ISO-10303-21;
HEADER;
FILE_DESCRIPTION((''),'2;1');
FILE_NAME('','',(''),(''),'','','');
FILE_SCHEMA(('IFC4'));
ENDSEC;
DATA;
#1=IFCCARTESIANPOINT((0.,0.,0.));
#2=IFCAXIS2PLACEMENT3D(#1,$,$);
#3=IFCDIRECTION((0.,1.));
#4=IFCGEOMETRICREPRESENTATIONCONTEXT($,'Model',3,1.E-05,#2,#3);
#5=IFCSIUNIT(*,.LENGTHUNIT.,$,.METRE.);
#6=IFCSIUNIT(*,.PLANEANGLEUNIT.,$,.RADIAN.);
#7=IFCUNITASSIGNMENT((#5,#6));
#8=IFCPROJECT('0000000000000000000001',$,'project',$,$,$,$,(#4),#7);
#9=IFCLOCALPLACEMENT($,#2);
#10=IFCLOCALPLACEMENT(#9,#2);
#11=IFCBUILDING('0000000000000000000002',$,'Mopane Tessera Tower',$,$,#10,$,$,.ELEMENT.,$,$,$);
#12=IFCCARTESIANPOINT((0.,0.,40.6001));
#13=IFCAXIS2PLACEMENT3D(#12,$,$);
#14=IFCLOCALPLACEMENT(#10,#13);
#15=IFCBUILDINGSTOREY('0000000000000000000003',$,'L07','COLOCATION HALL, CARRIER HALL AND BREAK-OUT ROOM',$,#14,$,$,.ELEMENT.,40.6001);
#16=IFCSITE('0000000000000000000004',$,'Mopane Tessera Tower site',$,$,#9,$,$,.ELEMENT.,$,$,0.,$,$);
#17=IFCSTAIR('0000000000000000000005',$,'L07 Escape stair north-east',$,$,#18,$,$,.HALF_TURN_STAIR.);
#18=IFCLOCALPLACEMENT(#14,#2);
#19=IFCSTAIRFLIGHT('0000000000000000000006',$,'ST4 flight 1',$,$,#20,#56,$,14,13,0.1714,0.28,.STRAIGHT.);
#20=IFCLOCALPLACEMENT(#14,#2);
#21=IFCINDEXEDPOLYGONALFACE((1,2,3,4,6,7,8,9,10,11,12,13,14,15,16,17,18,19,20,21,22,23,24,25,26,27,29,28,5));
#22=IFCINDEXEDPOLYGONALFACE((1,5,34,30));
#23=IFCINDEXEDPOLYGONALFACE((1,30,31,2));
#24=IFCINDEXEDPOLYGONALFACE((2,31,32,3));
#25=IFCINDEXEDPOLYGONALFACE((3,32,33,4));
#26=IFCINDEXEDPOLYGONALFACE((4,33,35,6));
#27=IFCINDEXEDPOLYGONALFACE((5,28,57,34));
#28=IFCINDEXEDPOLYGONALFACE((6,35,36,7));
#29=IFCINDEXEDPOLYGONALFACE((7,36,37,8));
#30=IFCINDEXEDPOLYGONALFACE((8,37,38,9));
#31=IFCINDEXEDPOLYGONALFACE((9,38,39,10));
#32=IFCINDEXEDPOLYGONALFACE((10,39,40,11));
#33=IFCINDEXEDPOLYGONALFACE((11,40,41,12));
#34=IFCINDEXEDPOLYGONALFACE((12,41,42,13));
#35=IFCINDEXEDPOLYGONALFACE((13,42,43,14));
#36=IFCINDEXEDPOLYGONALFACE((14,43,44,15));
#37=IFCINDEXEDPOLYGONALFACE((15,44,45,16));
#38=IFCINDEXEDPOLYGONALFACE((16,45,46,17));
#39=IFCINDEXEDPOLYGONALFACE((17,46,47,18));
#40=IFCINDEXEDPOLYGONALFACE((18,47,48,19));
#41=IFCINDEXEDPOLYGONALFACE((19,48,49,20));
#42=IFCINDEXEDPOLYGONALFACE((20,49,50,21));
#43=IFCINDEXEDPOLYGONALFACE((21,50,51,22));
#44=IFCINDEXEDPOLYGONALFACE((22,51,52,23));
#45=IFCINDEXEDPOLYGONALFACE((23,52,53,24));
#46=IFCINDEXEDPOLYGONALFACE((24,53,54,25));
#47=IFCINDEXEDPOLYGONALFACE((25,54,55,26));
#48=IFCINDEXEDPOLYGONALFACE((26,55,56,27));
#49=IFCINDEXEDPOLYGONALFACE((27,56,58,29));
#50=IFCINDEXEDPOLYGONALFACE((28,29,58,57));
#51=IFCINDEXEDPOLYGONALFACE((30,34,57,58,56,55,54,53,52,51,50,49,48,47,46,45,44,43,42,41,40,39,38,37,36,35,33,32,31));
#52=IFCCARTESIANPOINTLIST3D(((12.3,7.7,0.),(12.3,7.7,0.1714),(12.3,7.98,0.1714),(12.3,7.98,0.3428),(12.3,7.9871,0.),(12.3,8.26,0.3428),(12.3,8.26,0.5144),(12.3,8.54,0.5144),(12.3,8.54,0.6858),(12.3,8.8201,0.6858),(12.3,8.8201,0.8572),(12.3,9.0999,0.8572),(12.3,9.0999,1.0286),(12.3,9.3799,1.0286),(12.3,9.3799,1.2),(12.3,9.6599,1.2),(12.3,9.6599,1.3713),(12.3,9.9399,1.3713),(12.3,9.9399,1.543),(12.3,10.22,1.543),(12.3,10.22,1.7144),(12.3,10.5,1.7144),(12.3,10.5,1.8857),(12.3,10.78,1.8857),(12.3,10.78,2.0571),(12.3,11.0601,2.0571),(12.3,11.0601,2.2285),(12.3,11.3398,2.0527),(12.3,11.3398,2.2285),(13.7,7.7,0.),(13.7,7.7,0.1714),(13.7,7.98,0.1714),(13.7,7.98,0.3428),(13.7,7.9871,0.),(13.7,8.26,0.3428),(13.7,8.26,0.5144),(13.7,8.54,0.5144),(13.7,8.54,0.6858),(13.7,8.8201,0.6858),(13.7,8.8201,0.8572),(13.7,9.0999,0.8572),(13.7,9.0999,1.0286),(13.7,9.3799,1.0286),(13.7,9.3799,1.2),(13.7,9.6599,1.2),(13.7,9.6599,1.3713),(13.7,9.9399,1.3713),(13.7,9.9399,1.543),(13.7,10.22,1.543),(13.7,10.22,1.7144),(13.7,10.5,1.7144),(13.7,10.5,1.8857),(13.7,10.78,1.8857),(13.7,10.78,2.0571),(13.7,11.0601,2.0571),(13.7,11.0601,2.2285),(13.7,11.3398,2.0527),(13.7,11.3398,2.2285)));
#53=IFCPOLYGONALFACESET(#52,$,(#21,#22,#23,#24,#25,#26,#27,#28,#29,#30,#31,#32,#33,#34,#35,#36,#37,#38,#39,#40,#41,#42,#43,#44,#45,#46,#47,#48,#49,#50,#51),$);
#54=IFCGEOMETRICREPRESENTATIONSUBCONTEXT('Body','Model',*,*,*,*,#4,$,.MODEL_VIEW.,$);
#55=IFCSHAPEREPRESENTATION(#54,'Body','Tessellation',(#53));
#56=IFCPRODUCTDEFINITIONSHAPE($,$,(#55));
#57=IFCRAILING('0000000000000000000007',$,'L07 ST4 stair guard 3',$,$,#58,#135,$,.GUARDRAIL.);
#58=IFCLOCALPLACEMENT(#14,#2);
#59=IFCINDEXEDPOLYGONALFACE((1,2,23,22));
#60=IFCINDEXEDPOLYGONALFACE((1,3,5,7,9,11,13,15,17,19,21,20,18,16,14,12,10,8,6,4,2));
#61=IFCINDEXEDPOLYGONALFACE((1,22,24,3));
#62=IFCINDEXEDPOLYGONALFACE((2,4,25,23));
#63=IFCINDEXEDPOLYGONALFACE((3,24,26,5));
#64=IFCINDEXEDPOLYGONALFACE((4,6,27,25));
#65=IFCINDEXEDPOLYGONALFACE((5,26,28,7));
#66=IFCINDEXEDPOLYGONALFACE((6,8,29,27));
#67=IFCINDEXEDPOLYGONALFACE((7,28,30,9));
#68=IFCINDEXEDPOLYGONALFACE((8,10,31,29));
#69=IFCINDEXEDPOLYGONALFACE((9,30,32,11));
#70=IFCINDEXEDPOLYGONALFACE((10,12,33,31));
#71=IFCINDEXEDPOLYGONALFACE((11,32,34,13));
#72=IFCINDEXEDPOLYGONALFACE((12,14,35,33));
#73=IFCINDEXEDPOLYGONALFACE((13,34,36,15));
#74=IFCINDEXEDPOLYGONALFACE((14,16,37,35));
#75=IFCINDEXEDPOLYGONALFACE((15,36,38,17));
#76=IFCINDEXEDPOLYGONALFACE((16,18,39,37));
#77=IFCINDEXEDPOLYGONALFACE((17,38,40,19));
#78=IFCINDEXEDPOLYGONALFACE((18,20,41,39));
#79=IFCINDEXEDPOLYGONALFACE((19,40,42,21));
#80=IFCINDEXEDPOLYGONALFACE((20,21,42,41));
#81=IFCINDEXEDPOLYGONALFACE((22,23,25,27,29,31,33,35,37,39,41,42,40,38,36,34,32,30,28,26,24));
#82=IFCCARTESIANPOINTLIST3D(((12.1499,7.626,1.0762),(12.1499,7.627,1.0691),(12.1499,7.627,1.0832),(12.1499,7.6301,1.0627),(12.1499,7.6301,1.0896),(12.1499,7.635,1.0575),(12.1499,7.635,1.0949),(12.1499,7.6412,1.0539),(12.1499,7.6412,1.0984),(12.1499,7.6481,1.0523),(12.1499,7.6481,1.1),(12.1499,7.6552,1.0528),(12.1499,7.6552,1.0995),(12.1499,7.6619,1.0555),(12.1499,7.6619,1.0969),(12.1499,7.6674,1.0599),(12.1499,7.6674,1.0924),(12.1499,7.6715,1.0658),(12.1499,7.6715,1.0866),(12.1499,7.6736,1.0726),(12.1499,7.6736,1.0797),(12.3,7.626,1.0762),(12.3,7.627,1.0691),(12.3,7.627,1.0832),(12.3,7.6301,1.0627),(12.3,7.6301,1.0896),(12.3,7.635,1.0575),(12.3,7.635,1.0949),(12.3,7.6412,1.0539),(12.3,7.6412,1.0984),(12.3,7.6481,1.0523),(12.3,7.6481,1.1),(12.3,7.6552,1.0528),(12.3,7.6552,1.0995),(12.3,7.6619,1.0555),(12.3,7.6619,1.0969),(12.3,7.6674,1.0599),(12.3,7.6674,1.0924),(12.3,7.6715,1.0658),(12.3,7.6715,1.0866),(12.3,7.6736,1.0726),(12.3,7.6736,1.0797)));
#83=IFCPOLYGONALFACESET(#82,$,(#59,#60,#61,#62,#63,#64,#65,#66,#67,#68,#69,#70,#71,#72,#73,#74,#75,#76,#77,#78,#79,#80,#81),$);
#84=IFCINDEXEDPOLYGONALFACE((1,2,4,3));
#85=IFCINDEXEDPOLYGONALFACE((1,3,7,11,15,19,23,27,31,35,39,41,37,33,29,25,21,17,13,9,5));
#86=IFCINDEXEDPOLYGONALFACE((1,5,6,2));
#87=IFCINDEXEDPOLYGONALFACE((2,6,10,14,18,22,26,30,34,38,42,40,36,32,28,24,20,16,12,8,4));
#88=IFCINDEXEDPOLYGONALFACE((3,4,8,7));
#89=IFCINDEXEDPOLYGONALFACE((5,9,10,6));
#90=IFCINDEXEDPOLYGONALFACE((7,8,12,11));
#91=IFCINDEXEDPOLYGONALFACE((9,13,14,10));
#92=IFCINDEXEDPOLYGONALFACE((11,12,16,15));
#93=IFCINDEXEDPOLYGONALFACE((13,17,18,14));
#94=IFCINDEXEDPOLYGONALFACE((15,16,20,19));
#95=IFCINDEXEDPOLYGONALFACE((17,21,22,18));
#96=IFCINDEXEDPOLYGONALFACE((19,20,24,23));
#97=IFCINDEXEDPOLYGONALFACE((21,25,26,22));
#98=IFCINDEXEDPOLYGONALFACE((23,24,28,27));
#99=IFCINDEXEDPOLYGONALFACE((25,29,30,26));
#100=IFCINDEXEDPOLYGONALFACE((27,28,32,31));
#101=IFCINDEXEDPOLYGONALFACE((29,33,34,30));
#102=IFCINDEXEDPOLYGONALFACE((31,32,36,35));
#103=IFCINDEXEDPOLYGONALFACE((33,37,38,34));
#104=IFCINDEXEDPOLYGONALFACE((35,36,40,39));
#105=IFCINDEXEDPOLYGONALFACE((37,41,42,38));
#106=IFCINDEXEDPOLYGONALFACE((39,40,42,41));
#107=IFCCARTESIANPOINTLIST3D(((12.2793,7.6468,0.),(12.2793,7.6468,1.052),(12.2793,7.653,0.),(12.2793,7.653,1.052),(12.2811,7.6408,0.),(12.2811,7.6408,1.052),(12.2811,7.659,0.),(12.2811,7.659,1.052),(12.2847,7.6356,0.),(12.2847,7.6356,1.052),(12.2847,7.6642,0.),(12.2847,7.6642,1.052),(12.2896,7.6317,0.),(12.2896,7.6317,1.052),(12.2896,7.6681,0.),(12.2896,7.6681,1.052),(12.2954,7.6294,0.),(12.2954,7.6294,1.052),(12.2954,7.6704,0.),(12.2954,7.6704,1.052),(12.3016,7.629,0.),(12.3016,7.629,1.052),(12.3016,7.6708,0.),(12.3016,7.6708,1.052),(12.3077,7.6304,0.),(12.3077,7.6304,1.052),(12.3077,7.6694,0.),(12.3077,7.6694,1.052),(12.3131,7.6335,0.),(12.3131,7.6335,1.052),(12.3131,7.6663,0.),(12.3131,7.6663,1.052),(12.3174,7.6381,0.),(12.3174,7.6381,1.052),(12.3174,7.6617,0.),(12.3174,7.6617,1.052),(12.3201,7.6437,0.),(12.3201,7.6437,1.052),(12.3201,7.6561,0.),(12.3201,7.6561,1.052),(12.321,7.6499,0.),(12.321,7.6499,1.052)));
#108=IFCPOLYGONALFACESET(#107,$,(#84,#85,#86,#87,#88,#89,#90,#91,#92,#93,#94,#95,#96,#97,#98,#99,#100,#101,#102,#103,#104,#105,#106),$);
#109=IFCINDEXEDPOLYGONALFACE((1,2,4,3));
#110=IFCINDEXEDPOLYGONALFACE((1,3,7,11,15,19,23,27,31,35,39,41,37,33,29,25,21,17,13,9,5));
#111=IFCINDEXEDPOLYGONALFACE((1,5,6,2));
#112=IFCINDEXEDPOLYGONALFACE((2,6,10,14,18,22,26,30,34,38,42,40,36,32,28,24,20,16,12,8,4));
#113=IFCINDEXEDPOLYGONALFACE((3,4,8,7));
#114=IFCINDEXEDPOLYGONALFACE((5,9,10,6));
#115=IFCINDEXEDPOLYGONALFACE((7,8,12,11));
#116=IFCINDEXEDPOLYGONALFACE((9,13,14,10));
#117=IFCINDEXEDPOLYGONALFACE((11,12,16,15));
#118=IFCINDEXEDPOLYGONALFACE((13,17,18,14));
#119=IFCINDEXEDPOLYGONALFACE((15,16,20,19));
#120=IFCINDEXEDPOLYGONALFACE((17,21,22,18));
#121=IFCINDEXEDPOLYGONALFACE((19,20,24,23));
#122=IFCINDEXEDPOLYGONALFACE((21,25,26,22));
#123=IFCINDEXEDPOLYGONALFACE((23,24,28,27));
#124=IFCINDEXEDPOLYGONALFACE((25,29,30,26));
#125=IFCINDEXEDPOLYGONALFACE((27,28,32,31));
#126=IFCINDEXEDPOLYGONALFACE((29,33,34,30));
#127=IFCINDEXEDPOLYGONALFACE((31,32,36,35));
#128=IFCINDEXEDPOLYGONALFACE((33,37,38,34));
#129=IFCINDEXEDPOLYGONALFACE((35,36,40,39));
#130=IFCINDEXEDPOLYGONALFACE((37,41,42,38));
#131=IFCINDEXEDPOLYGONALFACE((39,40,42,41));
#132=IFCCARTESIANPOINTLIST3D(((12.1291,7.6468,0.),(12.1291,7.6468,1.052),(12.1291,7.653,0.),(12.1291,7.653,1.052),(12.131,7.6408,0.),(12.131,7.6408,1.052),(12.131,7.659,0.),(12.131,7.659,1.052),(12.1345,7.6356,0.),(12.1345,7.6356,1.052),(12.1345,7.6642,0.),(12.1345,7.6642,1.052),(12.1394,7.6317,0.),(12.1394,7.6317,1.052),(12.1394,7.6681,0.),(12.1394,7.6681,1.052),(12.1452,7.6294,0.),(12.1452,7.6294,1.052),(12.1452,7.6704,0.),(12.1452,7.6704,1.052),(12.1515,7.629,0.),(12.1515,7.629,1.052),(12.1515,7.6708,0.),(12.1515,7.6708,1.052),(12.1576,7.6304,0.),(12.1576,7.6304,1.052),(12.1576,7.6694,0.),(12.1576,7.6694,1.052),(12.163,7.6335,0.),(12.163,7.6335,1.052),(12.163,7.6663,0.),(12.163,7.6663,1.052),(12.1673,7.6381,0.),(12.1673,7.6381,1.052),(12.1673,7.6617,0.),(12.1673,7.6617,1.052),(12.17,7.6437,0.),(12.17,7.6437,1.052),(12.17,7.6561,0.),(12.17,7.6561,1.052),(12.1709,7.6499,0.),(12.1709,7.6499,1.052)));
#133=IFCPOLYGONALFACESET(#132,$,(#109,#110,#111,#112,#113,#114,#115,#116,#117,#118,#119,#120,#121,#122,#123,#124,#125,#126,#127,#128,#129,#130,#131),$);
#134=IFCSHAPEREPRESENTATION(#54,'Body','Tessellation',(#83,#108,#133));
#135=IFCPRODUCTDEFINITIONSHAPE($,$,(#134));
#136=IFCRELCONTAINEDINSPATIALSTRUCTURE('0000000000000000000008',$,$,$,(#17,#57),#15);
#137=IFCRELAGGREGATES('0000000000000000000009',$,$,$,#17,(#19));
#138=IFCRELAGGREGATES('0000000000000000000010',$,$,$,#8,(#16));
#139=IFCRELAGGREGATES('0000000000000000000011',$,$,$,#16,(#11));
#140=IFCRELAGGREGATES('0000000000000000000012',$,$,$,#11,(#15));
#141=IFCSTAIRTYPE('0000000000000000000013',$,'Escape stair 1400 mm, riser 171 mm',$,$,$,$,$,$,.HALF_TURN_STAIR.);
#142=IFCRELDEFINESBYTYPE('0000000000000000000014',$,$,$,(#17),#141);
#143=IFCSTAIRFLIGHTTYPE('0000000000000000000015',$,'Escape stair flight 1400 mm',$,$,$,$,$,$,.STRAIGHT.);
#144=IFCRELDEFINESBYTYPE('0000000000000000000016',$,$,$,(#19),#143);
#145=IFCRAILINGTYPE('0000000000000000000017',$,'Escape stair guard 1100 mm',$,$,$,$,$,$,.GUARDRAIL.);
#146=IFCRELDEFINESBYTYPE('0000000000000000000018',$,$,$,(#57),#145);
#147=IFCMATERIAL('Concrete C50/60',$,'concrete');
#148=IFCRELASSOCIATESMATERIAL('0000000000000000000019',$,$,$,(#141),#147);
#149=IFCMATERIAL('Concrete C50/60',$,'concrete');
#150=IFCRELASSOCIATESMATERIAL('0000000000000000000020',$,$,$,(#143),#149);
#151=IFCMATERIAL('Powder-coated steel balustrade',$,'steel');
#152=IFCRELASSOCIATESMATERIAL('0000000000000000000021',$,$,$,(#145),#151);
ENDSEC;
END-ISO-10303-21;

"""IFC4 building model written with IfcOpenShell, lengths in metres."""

from ifc_helpers import new_model, si_unit, direction, frame, origin, origin_2d, place, context, subcontext, project, spatial, polyline, circle, outline, extrude, material, type_object, element, aggregate, save


model = new_model("IFC4")

# Units and contexts
model_context = context("Model", 3, precision=1e-05, world=origin(), true_north=direction((0.0, 1.0)))
body_context = subcontext(model_context, "Body", "Model", "MODEL_VIEW")
ifc_project = project(units=[si_unit("LENGTHUNIT", "METRE"), si_unit("PLANEANGLEUNIT", "RADIAN")], contexts=[model_context])

# Site, building, storey
site_placement = place(None, origin())
site = spatial("IfcSite", under=ifc_project, at=site_placement, Name="Mopane Tessera Tower site", CompositionType="ELEMENT", RefElevation=0.0)
building_placement = place(site_placement, origin())
building = spatial("IfcBuilding", under=site, at=building_placement, Name="Mopane Tessera Tower", CompositionType="ELEMENT")
storey_placement = place(building_placement, frame((0.0, 0.0, 40.6001)))
storey = spatial("IfcBuildingStorey", under=building, at=storey_placement, Name="L07", Description="COLOCATION HALL, CARRIER HALL AND BREAK-OUT ROOM", CompositionType="ELEMENT", Elevation=40.6001)

# Stair
ifc_material_1 = material(Name="Concrete C50/60", Category="concrete")
stair_type = type_object("IfcStairType", Name="Escape stair 1400 mm, riser 171 mm", PredefinedType="HALF_TURN_STAIR", material=ifc_material_1)
stair_1_placement = place(storey_placement, origin())
stair_1 = element("IfcStair", 1, at=stair_1_placement, inside=storey, type_object=stair_type, Name="L07 Escape stair north-east", PredefinedType="HALF_TURN_STAIR")

# Stair flight
ifc_material_2 = material(Name="Concrete C50/60", Category="concrete")
stair_flight_type = type_object("IfcStairFlightType", Name="Escape stair flight 1400 mm", PredefinedType="STRAIGHT", material=ifc_material_2)
stair_flight_placement = place(storey_placement, frame((13.0, 7.7, 0.0), z_axis=(0.0, 0.0, 1.0), x_axis=(0.0, 1.0, 0.0)))
stair_flight = element("IfcStairFlight", 2, at=stair_flight_placement, type_object=stair_flight_type, Name="ST4 flight 1", NumberOfRisers=14, NumberOfTreads=13, PredefinedType="STRAIGHT", RiserHeight=0.1714, TreadLength=0.28, context=body_context, shape_type="SweptSolid", body=[
    extrude(outline(polyline([(0.0, 0.0), (0.0, 0.1714), (0.28, 0.1714), (0.28, 0.3428), (0.5601, 0.3428), (0.5601, 0.5144), (0.8401, 0.5144), (0.8401, 0.6858), (1.1201, 0.6858), (1.1201, 0.8572), (1.3999, 0.8572), (1.3999, 1.0286), (1.6799, 1.0286), (1.6799, 1.2), (1.96, 1.2), (1.96, 1.3713), (2.24, 1.3713), (2.24, 1.543), (2.52, 1.543), (2.52, 1.7144), (2.8, 1.7144), (2.8, 1.8857), (3.0801, 1.8857), (3.0801, 2.0571), (3.3601, 2.0571), (3.3601, 2.2285), (3.6399, 2.2285), (3.6399, 2.3999), (3.6399, 2.0527), (0.2871, 0.0), (0.0, 0.0)])), frame((0.0, 0.7, 0.0), z_axis=(0.0, -1.0, 0.0), x_axis=(1.0, 0.0, 0.0)), (0.0, 0.0, 1.0), 1.3999),
])
aggregate(stair_1, [stair_flight])

# Railing
ifc_material_3 = material(Name="Powder-coated steel balustrade", Category="steel")
railing_type_1 = type_object("IfcRailingType", Name="Escape stair guard 1100 mm", PredefinedType="GUARDRAIL", material=ifc_material_3)
railing_1_placement = place(storey_placement, frame((12.3, 7.6499, 0.0)))
element("IfcRailing", 3, at=railing_1_placement, inside=storey, type_object=railing_type_1, Name="L07 ST4 stair guard 3", PredefinedType="GUARDRAIL", context=body_context, shape_type="SweptSolid", body=[
    extrude(circle(Radius=0.0239, at=origin_2d()), frame((0.0, 0.0, 1.0762), z_axis=(-1.0, 0.0, 0.0), x_axis=(0.0, -1.0, 0.0)), (0.0, 0.0, 1.0), 0.1501),
    extrude(circle(Radius=0.021, at=origin_2d()), origin(), (0.0, 0.0, 1.0), 1.052),
    extrude(circle(Radius=0.021, at=origin_2d()), frame((-0.1501, 0.0, 0.0)), (0.0, 0.0, 1.0), 1.052),
])

save(model, "model.ifc")
